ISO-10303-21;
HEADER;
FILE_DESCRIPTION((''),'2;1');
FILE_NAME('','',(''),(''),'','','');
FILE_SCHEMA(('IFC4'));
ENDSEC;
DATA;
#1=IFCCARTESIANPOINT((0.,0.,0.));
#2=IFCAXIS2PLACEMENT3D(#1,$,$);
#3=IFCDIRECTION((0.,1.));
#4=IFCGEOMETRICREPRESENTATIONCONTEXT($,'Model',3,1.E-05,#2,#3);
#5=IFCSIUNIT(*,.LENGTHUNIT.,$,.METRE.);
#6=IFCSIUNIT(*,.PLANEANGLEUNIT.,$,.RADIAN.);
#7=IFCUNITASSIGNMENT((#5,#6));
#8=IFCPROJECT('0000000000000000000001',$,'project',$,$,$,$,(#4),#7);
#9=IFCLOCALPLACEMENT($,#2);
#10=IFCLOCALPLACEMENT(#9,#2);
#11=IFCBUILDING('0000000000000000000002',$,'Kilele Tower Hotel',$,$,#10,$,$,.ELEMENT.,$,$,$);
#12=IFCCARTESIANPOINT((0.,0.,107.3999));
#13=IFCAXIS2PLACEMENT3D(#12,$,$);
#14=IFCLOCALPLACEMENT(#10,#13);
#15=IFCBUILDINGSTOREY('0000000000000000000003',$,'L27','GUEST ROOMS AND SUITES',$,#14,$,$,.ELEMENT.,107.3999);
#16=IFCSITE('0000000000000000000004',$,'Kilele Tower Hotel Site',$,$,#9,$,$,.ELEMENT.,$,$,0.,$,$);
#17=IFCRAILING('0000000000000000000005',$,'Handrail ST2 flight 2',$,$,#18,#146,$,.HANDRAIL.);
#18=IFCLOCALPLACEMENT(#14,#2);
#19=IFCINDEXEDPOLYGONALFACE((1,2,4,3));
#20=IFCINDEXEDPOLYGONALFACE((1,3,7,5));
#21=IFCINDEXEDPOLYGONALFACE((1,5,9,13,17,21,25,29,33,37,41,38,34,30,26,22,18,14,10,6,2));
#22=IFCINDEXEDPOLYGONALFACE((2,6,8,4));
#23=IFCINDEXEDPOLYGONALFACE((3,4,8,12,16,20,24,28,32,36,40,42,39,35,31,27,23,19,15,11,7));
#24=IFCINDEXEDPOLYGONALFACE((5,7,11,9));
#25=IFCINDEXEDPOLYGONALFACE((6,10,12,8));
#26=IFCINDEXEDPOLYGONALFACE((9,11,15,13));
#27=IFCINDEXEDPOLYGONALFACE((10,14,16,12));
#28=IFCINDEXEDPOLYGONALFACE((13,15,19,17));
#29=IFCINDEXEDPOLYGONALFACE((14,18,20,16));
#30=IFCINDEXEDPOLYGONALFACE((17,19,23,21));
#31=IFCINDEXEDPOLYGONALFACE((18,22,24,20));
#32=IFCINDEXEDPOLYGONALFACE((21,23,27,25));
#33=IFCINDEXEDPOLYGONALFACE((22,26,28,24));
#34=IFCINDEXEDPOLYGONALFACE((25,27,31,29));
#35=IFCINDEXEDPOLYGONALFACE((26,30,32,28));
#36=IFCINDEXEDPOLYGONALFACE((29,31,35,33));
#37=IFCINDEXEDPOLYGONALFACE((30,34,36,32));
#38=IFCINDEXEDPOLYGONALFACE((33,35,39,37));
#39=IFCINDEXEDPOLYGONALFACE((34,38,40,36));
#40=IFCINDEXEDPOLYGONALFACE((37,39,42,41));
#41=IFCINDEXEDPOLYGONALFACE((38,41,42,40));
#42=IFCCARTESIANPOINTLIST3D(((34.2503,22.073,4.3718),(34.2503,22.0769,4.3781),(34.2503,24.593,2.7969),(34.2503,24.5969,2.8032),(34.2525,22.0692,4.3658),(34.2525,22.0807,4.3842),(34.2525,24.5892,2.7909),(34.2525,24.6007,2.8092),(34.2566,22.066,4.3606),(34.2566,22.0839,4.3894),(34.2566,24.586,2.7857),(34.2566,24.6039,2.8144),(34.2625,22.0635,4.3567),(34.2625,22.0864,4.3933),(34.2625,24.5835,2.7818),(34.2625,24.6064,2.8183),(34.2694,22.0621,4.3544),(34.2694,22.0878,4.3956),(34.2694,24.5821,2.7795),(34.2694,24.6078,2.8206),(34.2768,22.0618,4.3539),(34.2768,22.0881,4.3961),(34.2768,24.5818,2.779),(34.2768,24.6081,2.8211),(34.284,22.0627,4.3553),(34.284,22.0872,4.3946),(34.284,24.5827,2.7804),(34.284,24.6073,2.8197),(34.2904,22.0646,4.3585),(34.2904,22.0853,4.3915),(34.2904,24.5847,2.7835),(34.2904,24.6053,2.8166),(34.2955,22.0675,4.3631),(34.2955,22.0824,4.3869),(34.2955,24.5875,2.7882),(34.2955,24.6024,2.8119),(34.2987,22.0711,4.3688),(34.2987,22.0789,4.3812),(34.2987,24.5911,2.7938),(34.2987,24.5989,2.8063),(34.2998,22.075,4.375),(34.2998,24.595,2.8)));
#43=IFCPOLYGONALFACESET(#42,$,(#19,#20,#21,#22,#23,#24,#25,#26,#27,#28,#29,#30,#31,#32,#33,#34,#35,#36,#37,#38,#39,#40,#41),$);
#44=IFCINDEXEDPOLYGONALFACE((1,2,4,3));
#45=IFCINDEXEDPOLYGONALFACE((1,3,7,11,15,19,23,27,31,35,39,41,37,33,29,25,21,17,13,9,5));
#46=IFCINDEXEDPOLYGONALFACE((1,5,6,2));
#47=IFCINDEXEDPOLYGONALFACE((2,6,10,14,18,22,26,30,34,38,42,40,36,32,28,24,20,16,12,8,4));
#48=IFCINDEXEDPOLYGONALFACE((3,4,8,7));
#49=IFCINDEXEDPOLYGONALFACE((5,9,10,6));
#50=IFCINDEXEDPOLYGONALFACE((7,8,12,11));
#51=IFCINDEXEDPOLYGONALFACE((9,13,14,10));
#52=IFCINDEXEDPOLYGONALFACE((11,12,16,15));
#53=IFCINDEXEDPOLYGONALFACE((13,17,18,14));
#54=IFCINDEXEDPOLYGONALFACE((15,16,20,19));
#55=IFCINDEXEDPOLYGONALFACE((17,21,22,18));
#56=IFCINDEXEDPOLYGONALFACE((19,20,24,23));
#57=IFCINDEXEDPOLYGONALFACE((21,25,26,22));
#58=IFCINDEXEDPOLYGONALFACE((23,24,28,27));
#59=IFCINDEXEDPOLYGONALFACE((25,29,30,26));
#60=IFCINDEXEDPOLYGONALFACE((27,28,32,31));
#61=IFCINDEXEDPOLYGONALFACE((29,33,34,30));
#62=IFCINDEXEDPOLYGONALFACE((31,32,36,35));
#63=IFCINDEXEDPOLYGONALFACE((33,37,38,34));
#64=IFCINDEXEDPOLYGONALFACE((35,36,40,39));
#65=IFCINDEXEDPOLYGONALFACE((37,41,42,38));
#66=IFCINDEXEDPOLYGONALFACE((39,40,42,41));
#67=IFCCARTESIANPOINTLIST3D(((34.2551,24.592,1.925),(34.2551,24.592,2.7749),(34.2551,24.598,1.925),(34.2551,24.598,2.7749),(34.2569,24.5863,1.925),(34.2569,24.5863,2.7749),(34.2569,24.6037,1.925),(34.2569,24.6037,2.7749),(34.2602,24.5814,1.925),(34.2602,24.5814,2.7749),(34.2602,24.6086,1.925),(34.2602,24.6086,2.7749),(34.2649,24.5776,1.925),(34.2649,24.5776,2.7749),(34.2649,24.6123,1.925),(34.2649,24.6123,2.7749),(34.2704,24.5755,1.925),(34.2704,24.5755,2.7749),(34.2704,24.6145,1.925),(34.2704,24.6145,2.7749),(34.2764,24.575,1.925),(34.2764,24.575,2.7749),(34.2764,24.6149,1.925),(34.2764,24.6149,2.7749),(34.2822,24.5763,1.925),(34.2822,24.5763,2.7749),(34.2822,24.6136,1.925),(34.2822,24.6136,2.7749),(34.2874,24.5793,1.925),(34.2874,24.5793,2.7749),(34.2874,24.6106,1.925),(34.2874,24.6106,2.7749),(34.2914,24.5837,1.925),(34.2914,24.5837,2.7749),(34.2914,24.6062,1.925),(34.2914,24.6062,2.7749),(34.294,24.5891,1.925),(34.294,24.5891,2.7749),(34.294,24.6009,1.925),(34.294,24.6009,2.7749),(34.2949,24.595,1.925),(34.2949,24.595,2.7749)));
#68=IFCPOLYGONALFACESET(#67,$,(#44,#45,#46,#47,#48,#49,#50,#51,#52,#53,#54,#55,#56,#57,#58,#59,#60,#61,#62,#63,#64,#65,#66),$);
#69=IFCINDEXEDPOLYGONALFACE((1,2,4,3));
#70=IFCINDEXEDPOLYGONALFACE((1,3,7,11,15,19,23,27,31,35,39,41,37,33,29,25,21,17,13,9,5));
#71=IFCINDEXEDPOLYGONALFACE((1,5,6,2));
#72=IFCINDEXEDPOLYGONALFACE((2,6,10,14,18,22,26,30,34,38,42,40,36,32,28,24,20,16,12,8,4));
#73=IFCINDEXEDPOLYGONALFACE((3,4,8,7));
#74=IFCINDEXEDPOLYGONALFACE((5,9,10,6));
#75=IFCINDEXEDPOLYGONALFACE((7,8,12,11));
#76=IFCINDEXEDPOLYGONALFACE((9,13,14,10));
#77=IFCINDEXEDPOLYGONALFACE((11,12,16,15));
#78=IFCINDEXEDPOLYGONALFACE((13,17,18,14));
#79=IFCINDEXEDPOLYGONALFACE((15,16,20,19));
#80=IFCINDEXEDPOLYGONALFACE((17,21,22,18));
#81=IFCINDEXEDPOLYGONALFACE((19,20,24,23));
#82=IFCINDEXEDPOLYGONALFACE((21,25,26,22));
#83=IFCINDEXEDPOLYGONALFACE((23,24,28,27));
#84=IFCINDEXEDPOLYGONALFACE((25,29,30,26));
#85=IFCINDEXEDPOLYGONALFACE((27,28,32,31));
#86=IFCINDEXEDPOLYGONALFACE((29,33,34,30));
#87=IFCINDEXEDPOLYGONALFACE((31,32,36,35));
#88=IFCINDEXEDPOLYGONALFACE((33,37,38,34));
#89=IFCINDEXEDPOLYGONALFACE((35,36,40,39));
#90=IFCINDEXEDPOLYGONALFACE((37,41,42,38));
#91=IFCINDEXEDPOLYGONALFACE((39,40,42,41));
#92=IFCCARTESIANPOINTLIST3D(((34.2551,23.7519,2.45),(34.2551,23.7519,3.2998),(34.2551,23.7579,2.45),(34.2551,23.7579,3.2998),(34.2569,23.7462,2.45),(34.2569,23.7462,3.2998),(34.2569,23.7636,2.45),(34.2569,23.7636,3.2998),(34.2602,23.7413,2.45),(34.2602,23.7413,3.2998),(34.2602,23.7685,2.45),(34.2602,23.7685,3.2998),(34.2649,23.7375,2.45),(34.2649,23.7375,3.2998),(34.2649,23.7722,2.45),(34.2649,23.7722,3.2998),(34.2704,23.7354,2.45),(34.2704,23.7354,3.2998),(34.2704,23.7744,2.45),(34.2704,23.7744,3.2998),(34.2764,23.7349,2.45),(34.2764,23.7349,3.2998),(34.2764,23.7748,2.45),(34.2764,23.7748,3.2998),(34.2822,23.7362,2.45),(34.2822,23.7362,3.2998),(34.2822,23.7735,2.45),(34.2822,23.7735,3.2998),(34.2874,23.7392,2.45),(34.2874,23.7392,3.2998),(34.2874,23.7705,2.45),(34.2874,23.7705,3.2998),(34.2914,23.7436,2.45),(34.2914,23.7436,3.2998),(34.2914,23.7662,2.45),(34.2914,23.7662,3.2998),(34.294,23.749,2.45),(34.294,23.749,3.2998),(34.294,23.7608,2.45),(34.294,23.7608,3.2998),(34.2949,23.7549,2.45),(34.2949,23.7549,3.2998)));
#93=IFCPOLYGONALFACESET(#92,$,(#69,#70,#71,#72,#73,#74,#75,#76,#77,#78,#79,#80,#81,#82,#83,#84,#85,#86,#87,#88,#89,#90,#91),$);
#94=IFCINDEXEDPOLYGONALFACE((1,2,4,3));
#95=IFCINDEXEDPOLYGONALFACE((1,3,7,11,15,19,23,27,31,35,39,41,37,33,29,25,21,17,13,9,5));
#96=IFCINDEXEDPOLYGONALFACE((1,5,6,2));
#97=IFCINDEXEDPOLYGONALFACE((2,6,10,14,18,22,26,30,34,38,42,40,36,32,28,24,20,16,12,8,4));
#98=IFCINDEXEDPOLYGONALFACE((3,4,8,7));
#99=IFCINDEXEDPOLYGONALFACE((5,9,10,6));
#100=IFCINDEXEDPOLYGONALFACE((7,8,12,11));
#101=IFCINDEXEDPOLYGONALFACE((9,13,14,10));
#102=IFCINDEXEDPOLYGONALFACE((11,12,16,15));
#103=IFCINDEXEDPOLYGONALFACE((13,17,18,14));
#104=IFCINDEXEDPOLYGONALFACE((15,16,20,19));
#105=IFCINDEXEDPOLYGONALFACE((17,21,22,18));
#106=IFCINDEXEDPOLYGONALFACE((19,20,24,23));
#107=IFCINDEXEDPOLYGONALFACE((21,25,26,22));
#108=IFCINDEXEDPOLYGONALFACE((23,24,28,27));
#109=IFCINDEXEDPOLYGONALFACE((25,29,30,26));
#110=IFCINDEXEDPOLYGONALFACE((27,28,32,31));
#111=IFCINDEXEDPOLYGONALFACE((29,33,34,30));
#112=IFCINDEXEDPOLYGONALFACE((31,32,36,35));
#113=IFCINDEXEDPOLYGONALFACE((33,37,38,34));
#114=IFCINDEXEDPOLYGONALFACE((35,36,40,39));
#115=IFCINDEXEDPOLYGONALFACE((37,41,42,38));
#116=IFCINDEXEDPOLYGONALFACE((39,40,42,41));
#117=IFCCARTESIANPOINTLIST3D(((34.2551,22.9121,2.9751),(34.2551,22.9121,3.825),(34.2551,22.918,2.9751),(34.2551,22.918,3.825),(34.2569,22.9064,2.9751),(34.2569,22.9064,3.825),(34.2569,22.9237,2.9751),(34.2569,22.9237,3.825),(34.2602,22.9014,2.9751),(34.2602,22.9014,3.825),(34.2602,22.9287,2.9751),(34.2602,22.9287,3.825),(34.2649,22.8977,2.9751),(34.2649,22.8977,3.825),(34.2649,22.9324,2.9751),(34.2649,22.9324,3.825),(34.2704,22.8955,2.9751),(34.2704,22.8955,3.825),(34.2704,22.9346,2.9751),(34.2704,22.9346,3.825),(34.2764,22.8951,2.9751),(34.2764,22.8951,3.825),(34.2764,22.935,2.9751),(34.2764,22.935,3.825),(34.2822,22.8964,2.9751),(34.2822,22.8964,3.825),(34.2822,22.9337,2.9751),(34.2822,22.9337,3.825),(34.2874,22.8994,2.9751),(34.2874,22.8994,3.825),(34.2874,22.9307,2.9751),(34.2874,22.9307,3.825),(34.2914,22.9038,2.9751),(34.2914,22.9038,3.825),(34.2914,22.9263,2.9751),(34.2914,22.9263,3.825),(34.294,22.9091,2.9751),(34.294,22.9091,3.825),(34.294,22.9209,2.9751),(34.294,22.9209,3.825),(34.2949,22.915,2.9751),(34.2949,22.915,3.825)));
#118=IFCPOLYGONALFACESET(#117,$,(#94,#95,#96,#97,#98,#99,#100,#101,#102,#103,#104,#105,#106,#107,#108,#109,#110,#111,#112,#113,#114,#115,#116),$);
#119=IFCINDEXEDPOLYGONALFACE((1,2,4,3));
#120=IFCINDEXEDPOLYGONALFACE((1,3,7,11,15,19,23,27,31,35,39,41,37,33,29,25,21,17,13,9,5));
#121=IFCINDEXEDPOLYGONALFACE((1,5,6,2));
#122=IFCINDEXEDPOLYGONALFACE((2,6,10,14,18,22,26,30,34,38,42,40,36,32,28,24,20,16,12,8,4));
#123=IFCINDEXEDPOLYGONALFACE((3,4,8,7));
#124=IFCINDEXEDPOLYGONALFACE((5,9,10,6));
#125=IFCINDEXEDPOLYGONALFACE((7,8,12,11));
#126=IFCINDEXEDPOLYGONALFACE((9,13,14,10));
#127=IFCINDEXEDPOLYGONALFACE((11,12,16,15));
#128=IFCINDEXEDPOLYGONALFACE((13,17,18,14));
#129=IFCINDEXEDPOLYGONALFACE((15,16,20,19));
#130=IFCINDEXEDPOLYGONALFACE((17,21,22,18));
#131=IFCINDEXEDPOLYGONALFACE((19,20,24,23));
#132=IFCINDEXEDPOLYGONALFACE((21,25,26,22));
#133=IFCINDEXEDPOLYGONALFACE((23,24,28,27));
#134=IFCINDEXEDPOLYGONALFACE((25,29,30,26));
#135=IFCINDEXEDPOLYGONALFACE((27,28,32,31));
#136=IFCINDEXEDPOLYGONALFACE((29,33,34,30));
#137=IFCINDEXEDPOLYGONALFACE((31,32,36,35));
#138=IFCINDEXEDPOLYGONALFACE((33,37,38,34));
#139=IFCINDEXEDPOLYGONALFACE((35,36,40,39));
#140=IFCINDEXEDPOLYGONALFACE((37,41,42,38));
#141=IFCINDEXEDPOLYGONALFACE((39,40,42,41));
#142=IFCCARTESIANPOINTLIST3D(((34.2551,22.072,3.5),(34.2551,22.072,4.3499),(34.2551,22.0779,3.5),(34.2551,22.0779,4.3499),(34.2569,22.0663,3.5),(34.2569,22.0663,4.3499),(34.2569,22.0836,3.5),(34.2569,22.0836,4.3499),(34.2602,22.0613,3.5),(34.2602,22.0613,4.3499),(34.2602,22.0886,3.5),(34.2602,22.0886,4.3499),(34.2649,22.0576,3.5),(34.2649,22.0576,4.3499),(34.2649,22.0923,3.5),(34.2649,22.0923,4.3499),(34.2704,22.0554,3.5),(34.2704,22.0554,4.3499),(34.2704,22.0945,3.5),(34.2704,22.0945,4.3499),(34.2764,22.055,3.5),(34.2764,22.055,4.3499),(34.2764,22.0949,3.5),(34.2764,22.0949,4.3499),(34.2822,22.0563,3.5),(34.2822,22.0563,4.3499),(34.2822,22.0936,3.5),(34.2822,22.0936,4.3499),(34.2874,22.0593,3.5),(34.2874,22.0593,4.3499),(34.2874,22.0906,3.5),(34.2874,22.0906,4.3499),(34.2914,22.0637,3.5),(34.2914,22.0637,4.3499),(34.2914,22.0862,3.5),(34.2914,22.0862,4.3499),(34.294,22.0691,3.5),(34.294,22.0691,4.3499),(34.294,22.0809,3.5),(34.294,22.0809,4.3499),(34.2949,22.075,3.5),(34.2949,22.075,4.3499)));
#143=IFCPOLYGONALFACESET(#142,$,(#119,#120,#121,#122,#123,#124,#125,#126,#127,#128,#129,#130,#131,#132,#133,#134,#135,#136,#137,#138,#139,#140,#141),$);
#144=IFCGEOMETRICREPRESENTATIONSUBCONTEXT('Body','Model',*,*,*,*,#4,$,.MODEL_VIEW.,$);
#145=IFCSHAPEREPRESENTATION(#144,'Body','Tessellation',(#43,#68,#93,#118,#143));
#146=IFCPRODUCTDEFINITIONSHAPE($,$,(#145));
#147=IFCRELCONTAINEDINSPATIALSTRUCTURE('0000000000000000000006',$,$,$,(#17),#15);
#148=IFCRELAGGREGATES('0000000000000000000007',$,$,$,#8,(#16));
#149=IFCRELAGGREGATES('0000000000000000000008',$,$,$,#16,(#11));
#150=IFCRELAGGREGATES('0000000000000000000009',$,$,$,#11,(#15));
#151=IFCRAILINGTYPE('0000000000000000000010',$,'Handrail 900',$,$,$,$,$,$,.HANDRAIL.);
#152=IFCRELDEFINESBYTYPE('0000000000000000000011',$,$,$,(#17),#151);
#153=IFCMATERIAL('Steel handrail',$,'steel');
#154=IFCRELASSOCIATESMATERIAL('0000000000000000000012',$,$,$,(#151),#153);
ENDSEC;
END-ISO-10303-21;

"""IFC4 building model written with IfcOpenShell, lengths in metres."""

from ifc_helpers import new_model, si_unit, direction, frame, origin, origin_2d, place, context, subcontext, project, spatial, circle, extrude, material, type_object, element, save


model = new_model("IFC4")

# Units and contexts
model_context = context("Model", 3, precision=1e-05, world=origin(), true_north=direction((0.0, 1.0)))
body_context = subcontext(model_context, "Body", "Model", "MODEL_VIEW")
ifc_project = project(units=[si_unit("LENGTHUNIT", "METRE"), si_unit("PLANEANGLEUNIT", "RADIAN")], contexts=[model_context])

# Site, building, storey
site_placement = place(None, origin())
site = spatial("IfcSite", under=ifc_project, at=site_placement, Name="Kilele Tower Hotel Site", CompositionType="ELEMENT", RefElevation=0.0)
building_placement = place(site_placement, origin())
building = spatial("IfcBuilding", under=site, at=building_placement, Name="Kilele Tower Hotel", CompositionType="ELEMENT")
storey_placement = place(building_placement, frame((0.0, 0.0, 107.3999)))
storey = spatial("IfcBuildingStorey", under=building, at=storey_placement, Name="L27", Description="GUEST ROOMS AND SUITES", CompositionType="ELEMENT", Elevation=107.3999)

# Railing
ifc_material_1 = material(Name="Steel handrail", Category="steel")
railing_type_1 = type_object("IfcRailingType", Name="Handrail 900", PredefinedType="HANDRAIL", material=ifc_material_1)
for number, where, name in (
    (1, (34.2749, 24.595, 1.925), "Handrail ST2 flight 2"),
):
    element("IfcRailing", number, at=place(storey_placement, frame(where)), inside=storey, type_object=railing_type_1, Name=name, PredefinedType="HANDRAIL", context=body_context, shape_type="SweptSolid", body=[
        extrude(circle(Radius=0.0249, at=origin_2d()), frame((0.0, 0.0, 0.875), z_axis=(0.0, -0.848008, 0.529984), x_axis=(1.0, 0.0, 0.0)), (0.0, 0.0, 1.0), 2.9717),
        extrude(circle(Radius=0.02, at=origin_2d()), origin(), (0.0, 0.0, 1.0), 0.8499),
        extrude(circle(Radius=0.02, at=origin_2d()), frame((0.0, -0.8401, 0.5249)), (0.0, 0.0, 1.0), 0.8499),
        extrude(circle(Radius=0.02, at=origin_2d()), frame((0.0, -1.6799, 1.05)), (0.0, 0.0, 1.0), 0.8499),
        extrude(circle(Radius=0.02, at=origin_2d()), frame((0.0, -2.52, 1.575)), (0.0, 0.0, 1.0), 0.8499),
    ])

save(model, "model.ifc")
